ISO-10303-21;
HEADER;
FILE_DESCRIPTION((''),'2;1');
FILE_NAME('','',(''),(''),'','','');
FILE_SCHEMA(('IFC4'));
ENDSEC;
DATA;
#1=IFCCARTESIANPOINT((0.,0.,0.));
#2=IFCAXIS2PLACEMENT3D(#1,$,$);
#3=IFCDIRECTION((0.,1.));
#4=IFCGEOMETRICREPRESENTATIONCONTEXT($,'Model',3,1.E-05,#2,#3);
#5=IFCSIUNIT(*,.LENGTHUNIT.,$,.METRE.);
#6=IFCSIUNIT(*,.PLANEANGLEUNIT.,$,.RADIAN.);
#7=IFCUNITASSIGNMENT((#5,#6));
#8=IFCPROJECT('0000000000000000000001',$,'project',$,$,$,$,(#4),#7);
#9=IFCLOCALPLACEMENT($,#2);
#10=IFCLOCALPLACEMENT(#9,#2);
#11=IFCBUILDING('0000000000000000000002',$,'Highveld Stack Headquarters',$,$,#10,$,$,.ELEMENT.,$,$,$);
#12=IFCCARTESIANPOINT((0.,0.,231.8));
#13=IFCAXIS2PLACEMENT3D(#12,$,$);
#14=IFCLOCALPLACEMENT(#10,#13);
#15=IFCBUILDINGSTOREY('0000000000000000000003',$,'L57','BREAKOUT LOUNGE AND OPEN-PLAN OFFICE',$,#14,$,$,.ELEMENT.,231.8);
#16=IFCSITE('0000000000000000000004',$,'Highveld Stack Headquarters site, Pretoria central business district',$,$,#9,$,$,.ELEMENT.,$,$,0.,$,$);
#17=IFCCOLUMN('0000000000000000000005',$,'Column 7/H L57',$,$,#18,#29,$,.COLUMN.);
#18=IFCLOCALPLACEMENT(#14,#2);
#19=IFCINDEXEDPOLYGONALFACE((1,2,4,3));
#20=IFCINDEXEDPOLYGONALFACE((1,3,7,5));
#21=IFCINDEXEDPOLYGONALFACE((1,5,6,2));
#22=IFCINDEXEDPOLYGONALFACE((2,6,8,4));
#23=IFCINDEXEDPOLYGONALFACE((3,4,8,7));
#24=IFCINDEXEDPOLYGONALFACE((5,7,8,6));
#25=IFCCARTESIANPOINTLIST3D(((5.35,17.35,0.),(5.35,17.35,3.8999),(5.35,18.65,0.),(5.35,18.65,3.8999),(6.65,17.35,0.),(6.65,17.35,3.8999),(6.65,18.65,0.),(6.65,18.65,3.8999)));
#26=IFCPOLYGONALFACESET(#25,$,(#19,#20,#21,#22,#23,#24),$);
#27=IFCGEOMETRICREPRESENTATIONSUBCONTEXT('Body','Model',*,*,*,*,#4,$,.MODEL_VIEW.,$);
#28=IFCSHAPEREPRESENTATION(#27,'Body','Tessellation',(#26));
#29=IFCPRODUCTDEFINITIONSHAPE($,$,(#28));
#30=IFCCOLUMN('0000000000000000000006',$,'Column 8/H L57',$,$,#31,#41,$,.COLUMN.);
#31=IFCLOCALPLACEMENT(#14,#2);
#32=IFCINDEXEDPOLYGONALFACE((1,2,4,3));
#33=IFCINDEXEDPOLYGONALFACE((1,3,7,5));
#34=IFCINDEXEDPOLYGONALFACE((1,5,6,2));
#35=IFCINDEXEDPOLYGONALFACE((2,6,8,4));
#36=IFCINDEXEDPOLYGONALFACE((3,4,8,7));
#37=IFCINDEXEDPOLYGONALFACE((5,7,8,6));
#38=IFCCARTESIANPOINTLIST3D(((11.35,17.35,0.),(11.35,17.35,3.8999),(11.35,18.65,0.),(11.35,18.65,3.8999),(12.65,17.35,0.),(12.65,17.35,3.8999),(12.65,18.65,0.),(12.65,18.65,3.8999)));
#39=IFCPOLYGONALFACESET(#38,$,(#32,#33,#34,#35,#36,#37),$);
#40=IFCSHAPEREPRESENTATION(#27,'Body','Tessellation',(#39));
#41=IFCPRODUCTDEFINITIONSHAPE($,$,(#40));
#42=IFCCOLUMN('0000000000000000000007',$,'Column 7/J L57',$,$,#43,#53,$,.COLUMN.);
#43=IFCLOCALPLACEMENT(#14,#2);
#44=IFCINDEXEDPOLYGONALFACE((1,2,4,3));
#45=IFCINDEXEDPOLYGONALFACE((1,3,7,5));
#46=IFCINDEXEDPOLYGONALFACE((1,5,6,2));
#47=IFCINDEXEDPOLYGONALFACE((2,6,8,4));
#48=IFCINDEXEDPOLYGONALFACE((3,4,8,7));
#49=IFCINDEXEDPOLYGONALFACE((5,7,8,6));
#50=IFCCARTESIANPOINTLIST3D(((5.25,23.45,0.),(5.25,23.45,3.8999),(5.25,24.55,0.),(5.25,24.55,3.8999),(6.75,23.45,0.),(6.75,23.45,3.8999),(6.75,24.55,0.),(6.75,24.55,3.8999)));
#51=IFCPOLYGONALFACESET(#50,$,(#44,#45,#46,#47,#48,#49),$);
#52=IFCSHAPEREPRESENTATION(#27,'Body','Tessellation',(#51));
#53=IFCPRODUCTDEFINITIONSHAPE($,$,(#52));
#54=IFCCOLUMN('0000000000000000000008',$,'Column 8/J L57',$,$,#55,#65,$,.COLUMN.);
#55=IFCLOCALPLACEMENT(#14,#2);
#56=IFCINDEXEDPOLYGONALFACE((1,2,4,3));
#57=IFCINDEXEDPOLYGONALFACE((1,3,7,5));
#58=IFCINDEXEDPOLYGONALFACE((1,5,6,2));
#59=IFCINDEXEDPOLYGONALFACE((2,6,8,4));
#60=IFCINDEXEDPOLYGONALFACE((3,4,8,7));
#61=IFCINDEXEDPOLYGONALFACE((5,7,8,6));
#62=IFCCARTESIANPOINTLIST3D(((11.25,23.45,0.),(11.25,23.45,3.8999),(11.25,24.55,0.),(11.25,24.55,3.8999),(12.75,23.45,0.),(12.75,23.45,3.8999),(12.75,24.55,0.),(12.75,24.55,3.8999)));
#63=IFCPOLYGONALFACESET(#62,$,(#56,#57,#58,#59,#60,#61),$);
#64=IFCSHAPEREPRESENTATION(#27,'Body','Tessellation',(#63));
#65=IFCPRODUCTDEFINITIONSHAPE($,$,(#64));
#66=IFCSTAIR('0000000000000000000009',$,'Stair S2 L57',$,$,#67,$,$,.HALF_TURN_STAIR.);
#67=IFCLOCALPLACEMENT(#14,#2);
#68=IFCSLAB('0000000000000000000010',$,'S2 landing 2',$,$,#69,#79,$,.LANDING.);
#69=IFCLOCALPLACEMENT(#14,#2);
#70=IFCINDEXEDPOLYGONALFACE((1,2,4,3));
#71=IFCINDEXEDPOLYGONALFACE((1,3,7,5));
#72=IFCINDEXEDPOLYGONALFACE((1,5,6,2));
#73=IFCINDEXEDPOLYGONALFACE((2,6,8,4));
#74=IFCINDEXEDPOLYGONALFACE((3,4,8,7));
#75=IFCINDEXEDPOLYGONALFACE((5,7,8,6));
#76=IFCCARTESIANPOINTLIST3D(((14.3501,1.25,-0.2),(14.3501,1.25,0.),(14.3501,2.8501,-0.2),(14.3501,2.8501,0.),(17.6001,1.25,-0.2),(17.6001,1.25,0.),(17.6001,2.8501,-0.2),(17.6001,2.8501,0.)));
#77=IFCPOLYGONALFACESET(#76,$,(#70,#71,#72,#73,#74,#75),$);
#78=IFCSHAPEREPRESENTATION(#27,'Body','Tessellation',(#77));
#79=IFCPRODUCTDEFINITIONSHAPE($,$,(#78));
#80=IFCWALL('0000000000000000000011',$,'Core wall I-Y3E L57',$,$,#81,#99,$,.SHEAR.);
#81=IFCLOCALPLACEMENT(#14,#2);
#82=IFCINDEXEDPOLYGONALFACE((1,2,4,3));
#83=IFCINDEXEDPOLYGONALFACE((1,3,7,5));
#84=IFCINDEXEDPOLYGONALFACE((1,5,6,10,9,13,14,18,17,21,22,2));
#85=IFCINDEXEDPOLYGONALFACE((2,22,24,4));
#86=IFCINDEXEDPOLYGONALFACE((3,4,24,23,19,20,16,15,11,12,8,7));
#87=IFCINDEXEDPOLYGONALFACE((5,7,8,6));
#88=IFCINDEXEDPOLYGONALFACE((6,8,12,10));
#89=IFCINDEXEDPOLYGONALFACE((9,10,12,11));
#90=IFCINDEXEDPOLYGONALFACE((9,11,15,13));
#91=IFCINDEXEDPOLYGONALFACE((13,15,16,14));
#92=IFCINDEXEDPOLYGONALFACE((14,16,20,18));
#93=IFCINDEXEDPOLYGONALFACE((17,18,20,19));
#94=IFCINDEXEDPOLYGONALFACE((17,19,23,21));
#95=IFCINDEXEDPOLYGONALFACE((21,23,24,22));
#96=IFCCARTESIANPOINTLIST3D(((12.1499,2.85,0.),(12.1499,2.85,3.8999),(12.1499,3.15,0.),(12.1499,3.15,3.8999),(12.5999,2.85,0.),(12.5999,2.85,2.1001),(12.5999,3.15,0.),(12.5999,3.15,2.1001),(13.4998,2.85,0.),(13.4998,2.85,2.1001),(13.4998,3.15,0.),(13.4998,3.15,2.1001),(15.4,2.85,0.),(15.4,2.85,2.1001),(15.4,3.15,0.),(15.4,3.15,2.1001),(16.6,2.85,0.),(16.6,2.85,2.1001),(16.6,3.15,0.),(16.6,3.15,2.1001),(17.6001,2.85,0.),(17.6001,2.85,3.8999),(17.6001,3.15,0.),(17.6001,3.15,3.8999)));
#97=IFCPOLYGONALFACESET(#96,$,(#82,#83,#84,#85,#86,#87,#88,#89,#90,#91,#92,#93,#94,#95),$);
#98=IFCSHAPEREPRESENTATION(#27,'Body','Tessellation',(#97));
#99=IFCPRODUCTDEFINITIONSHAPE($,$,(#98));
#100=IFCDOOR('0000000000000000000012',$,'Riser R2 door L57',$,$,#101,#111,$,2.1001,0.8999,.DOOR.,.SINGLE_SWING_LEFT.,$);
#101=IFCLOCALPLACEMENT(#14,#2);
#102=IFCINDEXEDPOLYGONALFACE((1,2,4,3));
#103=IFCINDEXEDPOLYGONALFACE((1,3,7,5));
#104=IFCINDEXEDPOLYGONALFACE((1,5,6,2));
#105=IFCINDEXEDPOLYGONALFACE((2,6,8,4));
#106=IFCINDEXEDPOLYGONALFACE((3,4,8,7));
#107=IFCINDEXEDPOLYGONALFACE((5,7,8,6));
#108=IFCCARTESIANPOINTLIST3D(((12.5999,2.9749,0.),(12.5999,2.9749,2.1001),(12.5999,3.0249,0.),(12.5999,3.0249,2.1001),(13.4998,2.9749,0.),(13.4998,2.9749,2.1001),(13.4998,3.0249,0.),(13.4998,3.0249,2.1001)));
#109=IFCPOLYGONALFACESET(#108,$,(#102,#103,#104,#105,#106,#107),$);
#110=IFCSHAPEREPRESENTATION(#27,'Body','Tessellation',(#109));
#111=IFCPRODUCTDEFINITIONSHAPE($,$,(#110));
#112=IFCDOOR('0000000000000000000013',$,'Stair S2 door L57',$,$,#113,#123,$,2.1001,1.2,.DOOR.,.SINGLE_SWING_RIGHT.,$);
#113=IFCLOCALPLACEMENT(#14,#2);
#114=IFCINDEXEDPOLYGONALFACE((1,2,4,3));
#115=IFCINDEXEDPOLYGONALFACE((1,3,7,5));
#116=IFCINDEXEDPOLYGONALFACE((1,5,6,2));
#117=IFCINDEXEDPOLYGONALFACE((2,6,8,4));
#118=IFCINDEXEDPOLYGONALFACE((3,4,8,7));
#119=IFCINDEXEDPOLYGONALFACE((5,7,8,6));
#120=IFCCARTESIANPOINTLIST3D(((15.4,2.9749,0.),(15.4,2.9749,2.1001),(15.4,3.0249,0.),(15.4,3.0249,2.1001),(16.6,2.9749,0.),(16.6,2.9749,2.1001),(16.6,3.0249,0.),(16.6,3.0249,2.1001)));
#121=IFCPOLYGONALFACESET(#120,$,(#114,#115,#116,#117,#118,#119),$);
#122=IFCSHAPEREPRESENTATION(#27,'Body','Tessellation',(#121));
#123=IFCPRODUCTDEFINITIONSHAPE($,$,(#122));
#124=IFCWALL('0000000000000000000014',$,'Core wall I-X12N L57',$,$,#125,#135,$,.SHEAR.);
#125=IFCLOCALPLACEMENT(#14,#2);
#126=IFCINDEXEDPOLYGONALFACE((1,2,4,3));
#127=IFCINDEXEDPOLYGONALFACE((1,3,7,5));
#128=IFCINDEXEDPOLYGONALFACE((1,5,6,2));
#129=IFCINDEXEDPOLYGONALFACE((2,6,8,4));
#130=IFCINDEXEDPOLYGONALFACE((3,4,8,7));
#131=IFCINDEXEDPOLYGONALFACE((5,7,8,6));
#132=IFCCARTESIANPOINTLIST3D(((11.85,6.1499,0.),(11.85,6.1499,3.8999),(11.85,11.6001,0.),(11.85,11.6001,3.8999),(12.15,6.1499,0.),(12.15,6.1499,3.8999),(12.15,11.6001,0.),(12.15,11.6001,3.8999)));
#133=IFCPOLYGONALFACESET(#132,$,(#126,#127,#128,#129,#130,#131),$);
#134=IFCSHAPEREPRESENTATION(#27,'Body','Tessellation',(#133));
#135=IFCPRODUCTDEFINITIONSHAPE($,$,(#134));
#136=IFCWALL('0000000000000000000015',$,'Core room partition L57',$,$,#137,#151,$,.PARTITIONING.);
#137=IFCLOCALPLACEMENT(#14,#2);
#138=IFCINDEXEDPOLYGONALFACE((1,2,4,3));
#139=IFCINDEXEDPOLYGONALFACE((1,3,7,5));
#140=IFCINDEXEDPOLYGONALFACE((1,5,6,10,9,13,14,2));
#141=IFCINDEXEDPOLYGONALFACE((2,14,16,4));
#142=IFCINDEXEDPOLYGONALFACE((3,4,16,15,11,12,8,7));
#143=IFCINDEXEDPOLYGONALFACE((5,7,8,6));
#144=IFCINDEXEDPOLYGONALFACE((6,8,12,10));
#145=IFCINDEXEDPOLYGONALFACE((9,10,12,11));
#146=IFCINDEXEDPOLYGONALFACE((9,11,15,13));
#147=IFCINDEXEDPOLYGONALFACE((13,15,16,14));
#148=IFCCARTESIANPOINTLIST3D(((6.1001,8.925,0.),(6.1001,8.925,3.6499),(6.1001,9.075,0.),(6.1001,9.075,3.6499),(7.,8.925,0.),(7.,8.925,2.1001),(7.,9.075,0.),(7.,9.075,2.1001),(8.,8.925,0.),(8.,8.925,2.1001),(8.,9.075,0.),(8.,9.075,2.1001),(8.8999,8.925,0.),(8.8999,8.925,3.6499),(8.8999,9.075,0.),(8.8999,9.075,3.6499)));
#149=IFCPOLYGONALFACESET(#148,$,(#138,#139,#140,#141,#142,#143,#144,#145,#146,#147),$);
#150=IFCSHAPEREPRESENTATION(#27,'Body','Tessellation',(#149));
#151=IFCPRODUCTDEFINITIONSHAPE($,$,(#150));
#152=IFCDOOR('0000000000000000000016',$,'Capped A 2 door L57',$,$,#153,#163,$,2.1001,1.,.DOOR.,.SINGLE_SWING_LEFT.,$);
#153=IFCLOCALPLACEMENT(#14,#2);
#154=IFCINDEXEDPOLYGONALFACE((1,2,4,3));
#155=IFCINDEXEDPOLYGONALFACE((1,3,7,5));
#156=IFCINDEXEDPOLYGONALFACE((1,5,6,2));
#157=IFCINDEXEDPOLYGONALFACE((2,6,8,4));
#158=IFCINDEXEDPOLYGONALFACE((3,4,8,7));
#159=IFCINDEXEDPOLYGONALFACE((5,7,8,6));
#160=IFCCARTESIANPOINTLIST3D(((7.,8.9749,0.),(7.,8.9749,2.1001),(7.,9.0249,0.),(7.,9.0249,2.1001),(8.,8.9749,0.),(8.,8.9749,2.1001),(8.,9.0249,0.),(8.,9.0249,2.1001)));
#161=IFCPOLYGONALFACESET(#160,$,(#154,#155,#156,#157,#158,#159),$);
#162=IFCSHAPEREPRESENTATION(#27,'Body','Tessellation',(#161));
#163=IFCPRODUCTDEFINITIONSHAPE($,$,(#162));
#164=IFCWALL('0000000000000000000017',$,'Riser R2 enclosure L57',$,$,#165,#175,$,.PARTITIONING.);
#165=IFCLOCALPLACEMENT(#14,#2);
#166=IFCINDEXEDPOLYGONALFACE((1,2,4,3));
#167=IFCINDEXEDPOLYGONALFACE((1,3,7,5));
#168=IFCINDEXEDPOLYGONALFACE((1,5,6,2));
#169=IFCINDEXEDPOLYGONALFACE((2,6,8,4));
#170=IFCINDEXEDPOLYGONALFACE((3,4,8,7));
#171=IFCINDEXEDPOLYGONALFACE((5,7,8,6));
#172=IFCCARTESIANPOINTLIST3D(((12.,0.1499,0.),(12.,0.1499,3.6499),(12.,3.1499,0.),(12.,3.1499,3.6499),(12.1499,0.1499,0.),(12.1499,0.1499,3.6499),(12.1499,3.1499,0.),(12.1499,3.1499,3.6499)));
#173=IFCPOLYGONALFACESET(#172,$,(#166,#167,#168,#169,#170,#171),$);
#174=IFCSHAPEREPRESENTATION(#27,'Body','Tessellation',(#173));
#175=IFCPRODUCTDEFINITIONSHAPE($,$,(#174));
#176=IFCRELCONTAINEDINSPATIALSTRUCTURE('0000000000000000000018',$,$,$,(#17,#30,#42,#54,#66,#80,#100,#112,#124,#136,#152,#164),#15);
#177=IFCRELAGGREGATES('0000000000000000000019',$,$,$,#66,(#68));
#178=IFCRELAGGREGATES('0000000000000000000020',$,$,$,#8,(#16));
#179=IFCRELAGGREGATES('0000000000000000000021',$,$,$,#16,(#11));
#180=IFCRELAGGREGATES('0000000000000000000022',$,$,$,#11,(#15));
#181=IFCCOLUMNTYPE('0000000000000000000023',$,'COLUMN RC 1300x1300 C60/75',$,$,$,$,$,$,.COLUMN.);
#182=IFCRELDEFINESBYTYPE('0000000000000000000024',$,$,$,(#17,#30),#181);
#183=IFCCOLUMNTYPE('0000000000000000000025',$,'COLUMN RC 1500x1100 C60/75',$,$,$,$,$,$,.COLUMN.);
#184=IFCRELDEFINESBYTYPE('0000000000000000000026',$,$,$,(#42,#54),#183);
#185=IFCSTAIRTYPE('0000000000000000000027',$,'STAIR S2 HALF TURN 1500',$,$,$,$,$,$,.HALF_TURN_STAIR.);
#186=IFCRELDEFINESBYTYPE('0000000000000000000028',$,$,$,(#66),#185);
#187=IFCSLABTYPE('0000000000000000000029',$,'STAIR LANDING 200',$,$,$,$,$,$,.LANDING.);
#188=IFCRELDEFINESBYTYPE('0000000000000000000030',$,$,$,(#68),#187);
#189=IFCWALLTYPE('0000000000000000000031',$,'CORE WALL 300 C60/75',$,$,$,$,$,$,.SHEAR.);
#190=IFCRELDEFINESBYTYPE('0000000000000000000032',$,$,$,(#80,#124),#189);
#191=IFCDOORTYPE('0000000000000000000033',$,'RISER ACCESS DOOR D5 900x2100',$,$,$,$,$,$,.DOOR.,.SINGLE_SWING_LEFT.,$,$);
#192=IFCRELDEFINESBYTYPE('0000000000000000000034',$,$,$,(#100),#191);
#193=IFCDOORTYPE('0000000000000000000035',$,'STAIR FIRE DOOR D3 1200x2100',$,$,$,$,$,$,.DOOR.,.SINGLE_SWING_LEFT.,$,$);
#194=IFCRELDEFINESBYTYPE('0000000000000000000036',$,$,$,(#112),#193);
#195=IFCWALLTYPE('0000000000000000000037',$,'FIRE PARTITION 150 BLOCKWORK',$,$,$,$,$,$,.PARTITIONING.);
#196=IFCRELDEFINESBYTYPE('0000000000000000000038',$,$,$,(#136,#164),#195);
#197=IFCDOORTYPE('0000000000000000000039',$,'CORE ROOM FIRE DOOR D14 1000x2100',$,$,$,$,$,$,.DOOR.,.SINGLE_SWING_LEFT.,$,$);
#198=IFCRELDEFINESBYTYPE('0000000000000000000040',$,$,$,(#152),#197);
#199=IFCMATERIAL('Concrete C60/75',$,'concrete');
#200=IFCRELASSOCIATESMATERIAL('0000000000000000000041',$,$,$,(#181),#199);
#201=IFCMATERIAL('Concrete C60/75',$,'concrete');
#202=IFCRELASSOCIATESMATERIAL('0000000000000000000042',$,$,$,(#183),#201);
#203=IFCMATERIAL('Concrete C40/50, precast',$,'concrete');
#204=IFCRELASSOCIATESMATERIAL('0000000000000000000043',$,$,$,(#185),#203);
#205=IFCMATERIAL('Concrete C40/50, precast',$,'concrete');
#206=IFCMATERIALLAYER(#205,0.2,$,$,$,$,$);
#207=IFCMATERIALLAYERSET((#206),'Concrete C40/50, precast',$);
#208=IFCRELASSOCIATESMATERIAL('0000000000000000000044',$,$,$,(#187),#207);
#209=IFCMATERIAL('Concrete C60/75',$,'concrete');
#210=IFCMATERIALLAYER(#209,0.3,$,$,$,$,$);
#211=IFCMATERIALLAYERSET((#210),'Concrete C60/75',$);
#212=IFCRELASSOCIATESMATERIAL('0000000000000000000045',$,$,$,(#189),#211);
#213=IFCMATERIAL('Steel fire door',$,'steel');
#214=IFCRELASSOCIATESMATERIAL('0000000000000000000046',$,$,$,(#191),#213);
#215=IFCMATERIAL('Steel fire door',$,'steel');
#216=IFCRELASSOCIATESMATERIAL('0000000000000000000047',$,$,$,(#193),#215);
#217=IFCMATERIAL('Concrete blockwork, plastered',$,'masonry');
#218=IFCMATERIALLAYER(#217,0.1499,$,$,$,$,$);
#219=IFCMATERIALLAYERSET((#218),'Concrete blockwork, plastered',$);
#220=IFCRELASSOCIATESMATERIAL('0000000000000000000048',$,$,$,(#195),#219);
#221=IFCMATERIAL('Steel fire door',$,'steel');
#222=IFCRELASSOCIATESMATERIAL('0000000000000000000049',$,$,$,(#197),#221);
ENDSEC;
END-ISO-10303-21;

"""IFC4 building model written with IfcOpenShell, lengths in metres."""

from ifc_helpers import new_model, si_unit, direction, frame, frame_2d, origin, origin_2d, place, context, subcontext, project, spatial, polyline, rectangle, outline, extrude, material, layer, layer_set, material_profile, profile_set, type_object, element, fill, aggregate, save


model = new_model("IFC4")

# Units and contexts
model_context = context("Model", 3, precision=1e-05, world=origin(), true_north=direction((0.0, 1.0)))
body_context = subcontext(model_context, "Body", "Model", "MODEL_VIEW")
ifc_project = project(units=[si_unit("LENGTHUNIT", "METRE"), si_unit("PLANEANGLEUNIT", "RADIAN")], contexts=[model_context])

# Site, building, storey
site_placement = place(None, origin())
site = spatial("IfcSite", under=ifc_project, at=site_placement, Name="Highveld Stack Headquarters site, Pretoria central business district", CompositionType="ELEMENT", RefElevation=0.0)
building_placement = place(site_placement, origin())
building = spatial("IfcBuilding", under=site, at=building_placement, Name="Highveld Stack Headquarters", CompositionType="ELEMENT")
storey_placement = place(building_placement, frame((0.0, 0.0, 231.8)))
storey = spatial("IfcBuildingStorey", under=building, at=storey_placement, Name="L57", Description="BREAKOUT LOUNGE AND OPEN-PLAN OFFICE", CompositionType="ELEMENT", Elevation=231.8)

# Columns
ifc_material_1 = material(Name="Concrete C60/75", Category="concrete")
ifc_material_profile_1 = material_profile(ifc_material_1, rectangle(XDim=1.3, YDim=1.3, at=origin_2d()), Name="RC 1300x1300")
ifc_profile_set_1 = profile_set([ifc_material_profile_1], Name="Concrete C60/75")
column_type_1 = type_object("IfcColumnType", Name="COLUMN RC 1300x1300 C60/75", PredefinedType="COLUMN", material=ifc_profile_set_1)
for number, where, z_axis, x_axis, name in (
    (1, (6.0, 18.0, 0.0), (0.0, 0.0, 1.0), (1.0, 0.0, 0.0), "Column 7/H L57"),
    (2, (12.0, 18.0, 0.0), (0.0, 0.0, 1.0), (1.0, 0.0, 0.0), "Column 8/H L57"),
):
    element("IfcColumn", number, at=place(storey_placement, frame(where, z_axis=z_axis, x_axis=x_axis)), inside=storey, type_object=column_type_1, Name=name, PredefinedType="COLUMN", context=body_context, shape_type="SweptSolid", body=[
        extrude(rectangle(XDim=1.3, YDim=1.3, at=origin_2d()), origin(), (0.0, 0.0, 1.0), 3.8999),
    ])
ifc_material_2 = material(Name="Concrete C60/75", Category="concrete")
ifc_material_profile_2 = material_profile(ifc_material_2, rectangle(XDim=1.5, YDim=1.1001, at=origin_2d()), Name="RC 1500x1100")
ifc_profile_set_2 = profile_set([ifc_material_profile_2], Name="Concrete C60/75")
column_type_2 = type_object("IfcColumnType", Name="COLUMN RC 1500x1100 C60/75", PredefinedType="COLUMN", material=ifc_profile_set_2)
for number, where, z_axis, x_axis, name in (
    (3, (6.0, 24.0, 0.0), (0.0, 0.0, 1.0), (1.0, 0.0, 0.0), "Column 7/J L57"),
    (4, (12.0, 24.0, 0.0), (0.0, 0.0, 1.0), (1.0, 0.0, 0.0), "Column 8/J L57"),
):
    element("IfcColumn", number, at=place(storey_placement, frame(where, z_axis=z_axis, x_axis=x_axis)), inside=storey, type_object=column_type_2, Name=name, PredefinedType="COLUMN", context=body_context, shape_type="SweptSolid", body=[
        extrude(rectangle(XDim=1.5, YDim=1.1001, at=origin_2d()), origin(), (0.0, 0.0, 1.0), 3.8999),
    ])

# Stair, slab
ifc_material_3 = material(Name="Concrete C40/50, precast", Category="concrete")
stair_type = type_object("IfcStairType", Name="STAIR S2 HALF TURN 1500", PredefinedType="HALF_TURN_STAIR", material=ifc_material_3)
stair_placement = place(storey_placement, origin())
stair = element("IfcStair", 5, at=stair_placement, inside=storey, type_object=stair_type, Name="Stair S2 L57", PredefinedType="HALF_TURN_STAIR")
ifc_material_4 = material(Name="Concrete C40/50, precast", Category="concrete")
ifc_layer_1 = layer(ifc_material_4, 0.2)
ifc_layer_set_1 = layer_set([ifc_layer_1], Name="Concrete C40/50, precast")
slab_type = type_object("IfcSlabType", Name="STAIR LANDING 200", PredefinedType="LANDING", material=ifc_layer_set_1)
slab_placement = place(storey_placement, frame((0.0, 0.0, -0.2)))
slab = element("IfcSlab", 6, at=slab_placement, type_object=slab_type, Name="S2 landing 2", PredefinedType="LANDING", context=body_context, shape_type="SweptSolid", body=[
    extrude(outline(polyline([(14.3501, 1.25), (17.6001, 1.25), (17.6001, 2.8501), (14.3501, 2.8501), (14.3501, 1.25)])), origin(), (0.0, 0.0, 1.0), 0.2),
])

# Wall, openings, doors
ifc_material_5 = material(Name="Concrete C60/75", Category="concrete")
ifc_layer_2 = layer(ifc_material_5, 0.3)
ifc_layer_set_2 = layer_set([ifc_layer_2], Name="Concrete C60/75")
wall_type_1 = type_object("IfcWallType", Name="CORE WALL 300 C60/75", PredefinedType="SHEAR", material=ifc_layer_set_2)
wall_1_placement = place(storey_placement, frame((12.1499, 3.0, 0.0), z_axis=(0.0, 0.0, 1.0), x_axis=(1.0, 0.0, 0.0)))
wall_1 = element("IfcWall", 7, at=wall_1_placement, inside=storey, type_object=wall_type_1, Name="Core wall I-Y3E L57", PredefinedType="SHEAR", context=body_context, shape_type="SweptSolid", body=[
    extrude(rectangle(XDim=5.4502, YDim=0.3, at=frame_2d((2.7251, 0.0))), origin(), (0.0, 0.0, 1.0), 3.8999),
])
opening_1_placement = place(wall_1_placement, frame((3.25, 0.0, 0.0)))
opening_1 = element("IfcOpeningElement", 8, at=opening_1_placement, cuts=wall_1, PredefinedType="OPENING", context=body_context, shape_type="SweptSolid", body=[
    extrude(rectangle(XDim=1.2, YDim=2.1001, at=frame_2d((0.6001, 1.05))), frame((0.0, 0.1599, 0.0), z_axis=(0.0, -1.0, 0.0), x_axis=(1.0, 0.0, 0.0)), (0.0, 0.0, 1.0), 0.3201),
])
opening_2_placement = place(wall_1_placement, frame((0.45, 0.0, 0.0)))
opening_2 = element("IfcOpeningElement", 9, at=opening_2_placement, cuts=wall_1, PredefinedType="OPENING", context=body_context, shape_type="SweptSolid", body=[
    extrude(rectangle(XDim=0.8999, YDim=2.1001, at=frame_2d((0.45, 1.05))), frame((0.0, 0.1599, 0.0), z_axis=(0.0, -1.0, 0.0), x_axis=(1.0, 0.0, 0.0)), (0.0, 0.0, 1.0), 0.3201),
])
ifc_material_6 = material(Name="Steel fire door", Category="steel")
door_type_1 = type_object("IfcDoorType", Name="RISER ACCESS DOOR D5 900x2100", OperationType="SINGLE_SWING_LEFT", PredefinedType="DOOR", material=ifc_material_6)
door_1_placement = place(opening_2_placement, origin())
door_1 = element("IfcDoor", 10, at=door_1_placement, inside=storey, type_object=door_type_1, Name="Riser R2 door L57", OperationType="SINGLE_SWING_LEFT", OverallHeight=2.1001, OverallWidth=0.8999, PredefinedType="DOOR", context=body_context, shape_type="SweptSolid", body=[
    extrude(rectangle(XDim=0.8999, YDim=2.1001, at=frame_2d((0.45, 1.05))), frame((0.0, 0.0249, 0.0), z_axis=(0.0, -1.0, 0.0), x_axis=(1.0, 0.0, 0.0)), (0.0, 0.0, 1.0), 0.05),
])
fill(opening_2, door_1)
ifc_material_7 = material(Name="Steel fire door", Category="steel")
door_type_2 = type_object("IfcDoorType", Name="STAIR FIRE DOOR D3 1200x2100", OperationType="SINGLE_SWING_LEFT", PredefinedType="DOOR", material=ifc_material_7)
door_2_placement = place(opening_1_placement, origin())
door_2 = element("IfcDoor", 11, at=door_2_placement, inside=storey, type_object=door_type_2, Name="Stair S2 door L57", OperationType="SINGLE_SWING_RIGHT", OverallHeight=2.1001, OverallWidth=1.2, PredefinedType="DOOR", context=body_context, shape_type="SweptSolid", body=[
    extrude(rectangle(XDim=1.2, YDim=2.1001, at=frame_2d((0.6001, 1.05))), frame((0.0, 0.0249, 0.0), z_axis=(0.0, -1.0, 0.0), x_axis=(1.0, 0.0, 0.0)), (0.0, 0.0, 1.0), 0.05),
])
fill(opening_1, door_2)

# Wall
wall_2_placement = place(storey_placement, frame((12.0, 6.1499, 0.0), z_axis=(0.0, 0.0, 1.0), x_axis=(0.0, 1.0, 0.0)))
element("IfcWall", 12, at=wall_2_placement, inside=storey, type_object=wall_type_1, Name="Core wall I-X12N L57", PredefinedType="SHEAR", context=body_context, shape_type="SweptSolid", body=[
    extrude(rectangle(XDim=5.4502, YDim=0.3, at=frame_2d((2.7251, 0.0))), origin(), (0.0, 0.0, 1.0), 3.8999),
])

# Wall, opening, door
ifc_material_8 = material(Name="Concrete blockwork, plastered", Category="masonry")
ifc_layer_3 = layer(ifc_material_8, 0.1499)
ifc_layer_set_3 = layer_set([ifc_layer_3], Name="Concrete blockwork, plastered")
wall_type_2 = type_object("IfcWallType", Name="FIRE PARTITION 150 BLOCKWORK", PredefinedType="PARTITIONING", material=ifc_layer_set_3)
wall_3_placement = place(storey_placement, frame((6.1001, 9.0, 0.0), z_axis=(0.0, 0.0, 1.0), x_axis=(1.0, 0.0, 0.0)))
wall_3 = element("IfcWall", 13, at=wall_3_placement, inside=storey, type_object=wall_type_2, Name="Core room partition L57", PredefinedType="PARTITIONING", context=body_context, shape_type="SweptSolid", body=[
    extrude(rectangle(XDim=2.7998, YDim=0.1499, at=frame_2d((1.3999, 0.0))), origin(), (0.0, 0.0, 1.0), 3.6499),
])
opening_3_placement = place(wall_3_placement, frame((0.8999, 0.0, 0.0)))
opening_3 = element("IfcOpeningElement", 14, at=opening_3_placement, cuts=wall_3, PredefinedType="OPENING", context=body_context, shape_type="SweptSolid", body=[
    extrude(rectangle(XDim=1.0, YDim=2.1001, at=frame_2d((0.5, 1.05))), frame((0.0, 0.085, 0.0), z_axis=(0.0, -1.0, 0.0), x_axis=(1.0, 0.0, 0.0)), (0.0, 0.0, 1.0), 0.1699),
])
ifc_material_9 = material(Name="Steel fire door", Category="steel")
door_type_3 = type_object("IfcDoorType", Name="CORE ROOM FIRE DOOR D14 1000x2100", OperationType="SINGLE_SWING_LEFT", PredefinedType="DOOR", material=ifc_material_9)
door_3_placement = place(opening_3_placement, origin())
door_3 = element("IfcDoor", 15, at=door_3_placement, inside=storey, type_object=door_type_3, Name="Capped A 2 door L57", OperationType="SINGLE_SWING_LEFT", OverallHeight=2.1001, OverallWidth=1.0, PredefinedType="DOOR", context=body_context, shape_type="SweptSolid", body=[
    extrude(rectangle(XDim=1.0, YDim=2.1001, at=frame_2d((0.5, 1.05))), frame((0.0, 0.0249, 0.0), z_axis=(0.0, -1.0, 0.0), x_axis=(1.0, 0.0, 0.0)), (0.0, 0.0, 1.0), 0.05),
])
fill(opening_3, door_3)

# Wall
wall_4_placement = place(storey_placement, frame((12.075, 0.1499, 0.0), z_axis=(0.0, 0.0, 1.0), x_axis=(0.0, 1.0, 0.0)))
element("IfcWall", 16, at=wall_4_placement, inside=storey, type_object=wall_type_2, Name="Riser R2 enclosure L57", PredefinedType="PARTITIONING", context=body_context, shape_type="SweptSolid", body=[
    extrude(rectangle(XDim=3.0, YDim=0.1499, at=frame_2d((1.5, 0.0))), origin(), (0.0, 0.0, 1.0), 3.6499),
])

aggregate(stair, [slab])

save(model, "model.ifc")
